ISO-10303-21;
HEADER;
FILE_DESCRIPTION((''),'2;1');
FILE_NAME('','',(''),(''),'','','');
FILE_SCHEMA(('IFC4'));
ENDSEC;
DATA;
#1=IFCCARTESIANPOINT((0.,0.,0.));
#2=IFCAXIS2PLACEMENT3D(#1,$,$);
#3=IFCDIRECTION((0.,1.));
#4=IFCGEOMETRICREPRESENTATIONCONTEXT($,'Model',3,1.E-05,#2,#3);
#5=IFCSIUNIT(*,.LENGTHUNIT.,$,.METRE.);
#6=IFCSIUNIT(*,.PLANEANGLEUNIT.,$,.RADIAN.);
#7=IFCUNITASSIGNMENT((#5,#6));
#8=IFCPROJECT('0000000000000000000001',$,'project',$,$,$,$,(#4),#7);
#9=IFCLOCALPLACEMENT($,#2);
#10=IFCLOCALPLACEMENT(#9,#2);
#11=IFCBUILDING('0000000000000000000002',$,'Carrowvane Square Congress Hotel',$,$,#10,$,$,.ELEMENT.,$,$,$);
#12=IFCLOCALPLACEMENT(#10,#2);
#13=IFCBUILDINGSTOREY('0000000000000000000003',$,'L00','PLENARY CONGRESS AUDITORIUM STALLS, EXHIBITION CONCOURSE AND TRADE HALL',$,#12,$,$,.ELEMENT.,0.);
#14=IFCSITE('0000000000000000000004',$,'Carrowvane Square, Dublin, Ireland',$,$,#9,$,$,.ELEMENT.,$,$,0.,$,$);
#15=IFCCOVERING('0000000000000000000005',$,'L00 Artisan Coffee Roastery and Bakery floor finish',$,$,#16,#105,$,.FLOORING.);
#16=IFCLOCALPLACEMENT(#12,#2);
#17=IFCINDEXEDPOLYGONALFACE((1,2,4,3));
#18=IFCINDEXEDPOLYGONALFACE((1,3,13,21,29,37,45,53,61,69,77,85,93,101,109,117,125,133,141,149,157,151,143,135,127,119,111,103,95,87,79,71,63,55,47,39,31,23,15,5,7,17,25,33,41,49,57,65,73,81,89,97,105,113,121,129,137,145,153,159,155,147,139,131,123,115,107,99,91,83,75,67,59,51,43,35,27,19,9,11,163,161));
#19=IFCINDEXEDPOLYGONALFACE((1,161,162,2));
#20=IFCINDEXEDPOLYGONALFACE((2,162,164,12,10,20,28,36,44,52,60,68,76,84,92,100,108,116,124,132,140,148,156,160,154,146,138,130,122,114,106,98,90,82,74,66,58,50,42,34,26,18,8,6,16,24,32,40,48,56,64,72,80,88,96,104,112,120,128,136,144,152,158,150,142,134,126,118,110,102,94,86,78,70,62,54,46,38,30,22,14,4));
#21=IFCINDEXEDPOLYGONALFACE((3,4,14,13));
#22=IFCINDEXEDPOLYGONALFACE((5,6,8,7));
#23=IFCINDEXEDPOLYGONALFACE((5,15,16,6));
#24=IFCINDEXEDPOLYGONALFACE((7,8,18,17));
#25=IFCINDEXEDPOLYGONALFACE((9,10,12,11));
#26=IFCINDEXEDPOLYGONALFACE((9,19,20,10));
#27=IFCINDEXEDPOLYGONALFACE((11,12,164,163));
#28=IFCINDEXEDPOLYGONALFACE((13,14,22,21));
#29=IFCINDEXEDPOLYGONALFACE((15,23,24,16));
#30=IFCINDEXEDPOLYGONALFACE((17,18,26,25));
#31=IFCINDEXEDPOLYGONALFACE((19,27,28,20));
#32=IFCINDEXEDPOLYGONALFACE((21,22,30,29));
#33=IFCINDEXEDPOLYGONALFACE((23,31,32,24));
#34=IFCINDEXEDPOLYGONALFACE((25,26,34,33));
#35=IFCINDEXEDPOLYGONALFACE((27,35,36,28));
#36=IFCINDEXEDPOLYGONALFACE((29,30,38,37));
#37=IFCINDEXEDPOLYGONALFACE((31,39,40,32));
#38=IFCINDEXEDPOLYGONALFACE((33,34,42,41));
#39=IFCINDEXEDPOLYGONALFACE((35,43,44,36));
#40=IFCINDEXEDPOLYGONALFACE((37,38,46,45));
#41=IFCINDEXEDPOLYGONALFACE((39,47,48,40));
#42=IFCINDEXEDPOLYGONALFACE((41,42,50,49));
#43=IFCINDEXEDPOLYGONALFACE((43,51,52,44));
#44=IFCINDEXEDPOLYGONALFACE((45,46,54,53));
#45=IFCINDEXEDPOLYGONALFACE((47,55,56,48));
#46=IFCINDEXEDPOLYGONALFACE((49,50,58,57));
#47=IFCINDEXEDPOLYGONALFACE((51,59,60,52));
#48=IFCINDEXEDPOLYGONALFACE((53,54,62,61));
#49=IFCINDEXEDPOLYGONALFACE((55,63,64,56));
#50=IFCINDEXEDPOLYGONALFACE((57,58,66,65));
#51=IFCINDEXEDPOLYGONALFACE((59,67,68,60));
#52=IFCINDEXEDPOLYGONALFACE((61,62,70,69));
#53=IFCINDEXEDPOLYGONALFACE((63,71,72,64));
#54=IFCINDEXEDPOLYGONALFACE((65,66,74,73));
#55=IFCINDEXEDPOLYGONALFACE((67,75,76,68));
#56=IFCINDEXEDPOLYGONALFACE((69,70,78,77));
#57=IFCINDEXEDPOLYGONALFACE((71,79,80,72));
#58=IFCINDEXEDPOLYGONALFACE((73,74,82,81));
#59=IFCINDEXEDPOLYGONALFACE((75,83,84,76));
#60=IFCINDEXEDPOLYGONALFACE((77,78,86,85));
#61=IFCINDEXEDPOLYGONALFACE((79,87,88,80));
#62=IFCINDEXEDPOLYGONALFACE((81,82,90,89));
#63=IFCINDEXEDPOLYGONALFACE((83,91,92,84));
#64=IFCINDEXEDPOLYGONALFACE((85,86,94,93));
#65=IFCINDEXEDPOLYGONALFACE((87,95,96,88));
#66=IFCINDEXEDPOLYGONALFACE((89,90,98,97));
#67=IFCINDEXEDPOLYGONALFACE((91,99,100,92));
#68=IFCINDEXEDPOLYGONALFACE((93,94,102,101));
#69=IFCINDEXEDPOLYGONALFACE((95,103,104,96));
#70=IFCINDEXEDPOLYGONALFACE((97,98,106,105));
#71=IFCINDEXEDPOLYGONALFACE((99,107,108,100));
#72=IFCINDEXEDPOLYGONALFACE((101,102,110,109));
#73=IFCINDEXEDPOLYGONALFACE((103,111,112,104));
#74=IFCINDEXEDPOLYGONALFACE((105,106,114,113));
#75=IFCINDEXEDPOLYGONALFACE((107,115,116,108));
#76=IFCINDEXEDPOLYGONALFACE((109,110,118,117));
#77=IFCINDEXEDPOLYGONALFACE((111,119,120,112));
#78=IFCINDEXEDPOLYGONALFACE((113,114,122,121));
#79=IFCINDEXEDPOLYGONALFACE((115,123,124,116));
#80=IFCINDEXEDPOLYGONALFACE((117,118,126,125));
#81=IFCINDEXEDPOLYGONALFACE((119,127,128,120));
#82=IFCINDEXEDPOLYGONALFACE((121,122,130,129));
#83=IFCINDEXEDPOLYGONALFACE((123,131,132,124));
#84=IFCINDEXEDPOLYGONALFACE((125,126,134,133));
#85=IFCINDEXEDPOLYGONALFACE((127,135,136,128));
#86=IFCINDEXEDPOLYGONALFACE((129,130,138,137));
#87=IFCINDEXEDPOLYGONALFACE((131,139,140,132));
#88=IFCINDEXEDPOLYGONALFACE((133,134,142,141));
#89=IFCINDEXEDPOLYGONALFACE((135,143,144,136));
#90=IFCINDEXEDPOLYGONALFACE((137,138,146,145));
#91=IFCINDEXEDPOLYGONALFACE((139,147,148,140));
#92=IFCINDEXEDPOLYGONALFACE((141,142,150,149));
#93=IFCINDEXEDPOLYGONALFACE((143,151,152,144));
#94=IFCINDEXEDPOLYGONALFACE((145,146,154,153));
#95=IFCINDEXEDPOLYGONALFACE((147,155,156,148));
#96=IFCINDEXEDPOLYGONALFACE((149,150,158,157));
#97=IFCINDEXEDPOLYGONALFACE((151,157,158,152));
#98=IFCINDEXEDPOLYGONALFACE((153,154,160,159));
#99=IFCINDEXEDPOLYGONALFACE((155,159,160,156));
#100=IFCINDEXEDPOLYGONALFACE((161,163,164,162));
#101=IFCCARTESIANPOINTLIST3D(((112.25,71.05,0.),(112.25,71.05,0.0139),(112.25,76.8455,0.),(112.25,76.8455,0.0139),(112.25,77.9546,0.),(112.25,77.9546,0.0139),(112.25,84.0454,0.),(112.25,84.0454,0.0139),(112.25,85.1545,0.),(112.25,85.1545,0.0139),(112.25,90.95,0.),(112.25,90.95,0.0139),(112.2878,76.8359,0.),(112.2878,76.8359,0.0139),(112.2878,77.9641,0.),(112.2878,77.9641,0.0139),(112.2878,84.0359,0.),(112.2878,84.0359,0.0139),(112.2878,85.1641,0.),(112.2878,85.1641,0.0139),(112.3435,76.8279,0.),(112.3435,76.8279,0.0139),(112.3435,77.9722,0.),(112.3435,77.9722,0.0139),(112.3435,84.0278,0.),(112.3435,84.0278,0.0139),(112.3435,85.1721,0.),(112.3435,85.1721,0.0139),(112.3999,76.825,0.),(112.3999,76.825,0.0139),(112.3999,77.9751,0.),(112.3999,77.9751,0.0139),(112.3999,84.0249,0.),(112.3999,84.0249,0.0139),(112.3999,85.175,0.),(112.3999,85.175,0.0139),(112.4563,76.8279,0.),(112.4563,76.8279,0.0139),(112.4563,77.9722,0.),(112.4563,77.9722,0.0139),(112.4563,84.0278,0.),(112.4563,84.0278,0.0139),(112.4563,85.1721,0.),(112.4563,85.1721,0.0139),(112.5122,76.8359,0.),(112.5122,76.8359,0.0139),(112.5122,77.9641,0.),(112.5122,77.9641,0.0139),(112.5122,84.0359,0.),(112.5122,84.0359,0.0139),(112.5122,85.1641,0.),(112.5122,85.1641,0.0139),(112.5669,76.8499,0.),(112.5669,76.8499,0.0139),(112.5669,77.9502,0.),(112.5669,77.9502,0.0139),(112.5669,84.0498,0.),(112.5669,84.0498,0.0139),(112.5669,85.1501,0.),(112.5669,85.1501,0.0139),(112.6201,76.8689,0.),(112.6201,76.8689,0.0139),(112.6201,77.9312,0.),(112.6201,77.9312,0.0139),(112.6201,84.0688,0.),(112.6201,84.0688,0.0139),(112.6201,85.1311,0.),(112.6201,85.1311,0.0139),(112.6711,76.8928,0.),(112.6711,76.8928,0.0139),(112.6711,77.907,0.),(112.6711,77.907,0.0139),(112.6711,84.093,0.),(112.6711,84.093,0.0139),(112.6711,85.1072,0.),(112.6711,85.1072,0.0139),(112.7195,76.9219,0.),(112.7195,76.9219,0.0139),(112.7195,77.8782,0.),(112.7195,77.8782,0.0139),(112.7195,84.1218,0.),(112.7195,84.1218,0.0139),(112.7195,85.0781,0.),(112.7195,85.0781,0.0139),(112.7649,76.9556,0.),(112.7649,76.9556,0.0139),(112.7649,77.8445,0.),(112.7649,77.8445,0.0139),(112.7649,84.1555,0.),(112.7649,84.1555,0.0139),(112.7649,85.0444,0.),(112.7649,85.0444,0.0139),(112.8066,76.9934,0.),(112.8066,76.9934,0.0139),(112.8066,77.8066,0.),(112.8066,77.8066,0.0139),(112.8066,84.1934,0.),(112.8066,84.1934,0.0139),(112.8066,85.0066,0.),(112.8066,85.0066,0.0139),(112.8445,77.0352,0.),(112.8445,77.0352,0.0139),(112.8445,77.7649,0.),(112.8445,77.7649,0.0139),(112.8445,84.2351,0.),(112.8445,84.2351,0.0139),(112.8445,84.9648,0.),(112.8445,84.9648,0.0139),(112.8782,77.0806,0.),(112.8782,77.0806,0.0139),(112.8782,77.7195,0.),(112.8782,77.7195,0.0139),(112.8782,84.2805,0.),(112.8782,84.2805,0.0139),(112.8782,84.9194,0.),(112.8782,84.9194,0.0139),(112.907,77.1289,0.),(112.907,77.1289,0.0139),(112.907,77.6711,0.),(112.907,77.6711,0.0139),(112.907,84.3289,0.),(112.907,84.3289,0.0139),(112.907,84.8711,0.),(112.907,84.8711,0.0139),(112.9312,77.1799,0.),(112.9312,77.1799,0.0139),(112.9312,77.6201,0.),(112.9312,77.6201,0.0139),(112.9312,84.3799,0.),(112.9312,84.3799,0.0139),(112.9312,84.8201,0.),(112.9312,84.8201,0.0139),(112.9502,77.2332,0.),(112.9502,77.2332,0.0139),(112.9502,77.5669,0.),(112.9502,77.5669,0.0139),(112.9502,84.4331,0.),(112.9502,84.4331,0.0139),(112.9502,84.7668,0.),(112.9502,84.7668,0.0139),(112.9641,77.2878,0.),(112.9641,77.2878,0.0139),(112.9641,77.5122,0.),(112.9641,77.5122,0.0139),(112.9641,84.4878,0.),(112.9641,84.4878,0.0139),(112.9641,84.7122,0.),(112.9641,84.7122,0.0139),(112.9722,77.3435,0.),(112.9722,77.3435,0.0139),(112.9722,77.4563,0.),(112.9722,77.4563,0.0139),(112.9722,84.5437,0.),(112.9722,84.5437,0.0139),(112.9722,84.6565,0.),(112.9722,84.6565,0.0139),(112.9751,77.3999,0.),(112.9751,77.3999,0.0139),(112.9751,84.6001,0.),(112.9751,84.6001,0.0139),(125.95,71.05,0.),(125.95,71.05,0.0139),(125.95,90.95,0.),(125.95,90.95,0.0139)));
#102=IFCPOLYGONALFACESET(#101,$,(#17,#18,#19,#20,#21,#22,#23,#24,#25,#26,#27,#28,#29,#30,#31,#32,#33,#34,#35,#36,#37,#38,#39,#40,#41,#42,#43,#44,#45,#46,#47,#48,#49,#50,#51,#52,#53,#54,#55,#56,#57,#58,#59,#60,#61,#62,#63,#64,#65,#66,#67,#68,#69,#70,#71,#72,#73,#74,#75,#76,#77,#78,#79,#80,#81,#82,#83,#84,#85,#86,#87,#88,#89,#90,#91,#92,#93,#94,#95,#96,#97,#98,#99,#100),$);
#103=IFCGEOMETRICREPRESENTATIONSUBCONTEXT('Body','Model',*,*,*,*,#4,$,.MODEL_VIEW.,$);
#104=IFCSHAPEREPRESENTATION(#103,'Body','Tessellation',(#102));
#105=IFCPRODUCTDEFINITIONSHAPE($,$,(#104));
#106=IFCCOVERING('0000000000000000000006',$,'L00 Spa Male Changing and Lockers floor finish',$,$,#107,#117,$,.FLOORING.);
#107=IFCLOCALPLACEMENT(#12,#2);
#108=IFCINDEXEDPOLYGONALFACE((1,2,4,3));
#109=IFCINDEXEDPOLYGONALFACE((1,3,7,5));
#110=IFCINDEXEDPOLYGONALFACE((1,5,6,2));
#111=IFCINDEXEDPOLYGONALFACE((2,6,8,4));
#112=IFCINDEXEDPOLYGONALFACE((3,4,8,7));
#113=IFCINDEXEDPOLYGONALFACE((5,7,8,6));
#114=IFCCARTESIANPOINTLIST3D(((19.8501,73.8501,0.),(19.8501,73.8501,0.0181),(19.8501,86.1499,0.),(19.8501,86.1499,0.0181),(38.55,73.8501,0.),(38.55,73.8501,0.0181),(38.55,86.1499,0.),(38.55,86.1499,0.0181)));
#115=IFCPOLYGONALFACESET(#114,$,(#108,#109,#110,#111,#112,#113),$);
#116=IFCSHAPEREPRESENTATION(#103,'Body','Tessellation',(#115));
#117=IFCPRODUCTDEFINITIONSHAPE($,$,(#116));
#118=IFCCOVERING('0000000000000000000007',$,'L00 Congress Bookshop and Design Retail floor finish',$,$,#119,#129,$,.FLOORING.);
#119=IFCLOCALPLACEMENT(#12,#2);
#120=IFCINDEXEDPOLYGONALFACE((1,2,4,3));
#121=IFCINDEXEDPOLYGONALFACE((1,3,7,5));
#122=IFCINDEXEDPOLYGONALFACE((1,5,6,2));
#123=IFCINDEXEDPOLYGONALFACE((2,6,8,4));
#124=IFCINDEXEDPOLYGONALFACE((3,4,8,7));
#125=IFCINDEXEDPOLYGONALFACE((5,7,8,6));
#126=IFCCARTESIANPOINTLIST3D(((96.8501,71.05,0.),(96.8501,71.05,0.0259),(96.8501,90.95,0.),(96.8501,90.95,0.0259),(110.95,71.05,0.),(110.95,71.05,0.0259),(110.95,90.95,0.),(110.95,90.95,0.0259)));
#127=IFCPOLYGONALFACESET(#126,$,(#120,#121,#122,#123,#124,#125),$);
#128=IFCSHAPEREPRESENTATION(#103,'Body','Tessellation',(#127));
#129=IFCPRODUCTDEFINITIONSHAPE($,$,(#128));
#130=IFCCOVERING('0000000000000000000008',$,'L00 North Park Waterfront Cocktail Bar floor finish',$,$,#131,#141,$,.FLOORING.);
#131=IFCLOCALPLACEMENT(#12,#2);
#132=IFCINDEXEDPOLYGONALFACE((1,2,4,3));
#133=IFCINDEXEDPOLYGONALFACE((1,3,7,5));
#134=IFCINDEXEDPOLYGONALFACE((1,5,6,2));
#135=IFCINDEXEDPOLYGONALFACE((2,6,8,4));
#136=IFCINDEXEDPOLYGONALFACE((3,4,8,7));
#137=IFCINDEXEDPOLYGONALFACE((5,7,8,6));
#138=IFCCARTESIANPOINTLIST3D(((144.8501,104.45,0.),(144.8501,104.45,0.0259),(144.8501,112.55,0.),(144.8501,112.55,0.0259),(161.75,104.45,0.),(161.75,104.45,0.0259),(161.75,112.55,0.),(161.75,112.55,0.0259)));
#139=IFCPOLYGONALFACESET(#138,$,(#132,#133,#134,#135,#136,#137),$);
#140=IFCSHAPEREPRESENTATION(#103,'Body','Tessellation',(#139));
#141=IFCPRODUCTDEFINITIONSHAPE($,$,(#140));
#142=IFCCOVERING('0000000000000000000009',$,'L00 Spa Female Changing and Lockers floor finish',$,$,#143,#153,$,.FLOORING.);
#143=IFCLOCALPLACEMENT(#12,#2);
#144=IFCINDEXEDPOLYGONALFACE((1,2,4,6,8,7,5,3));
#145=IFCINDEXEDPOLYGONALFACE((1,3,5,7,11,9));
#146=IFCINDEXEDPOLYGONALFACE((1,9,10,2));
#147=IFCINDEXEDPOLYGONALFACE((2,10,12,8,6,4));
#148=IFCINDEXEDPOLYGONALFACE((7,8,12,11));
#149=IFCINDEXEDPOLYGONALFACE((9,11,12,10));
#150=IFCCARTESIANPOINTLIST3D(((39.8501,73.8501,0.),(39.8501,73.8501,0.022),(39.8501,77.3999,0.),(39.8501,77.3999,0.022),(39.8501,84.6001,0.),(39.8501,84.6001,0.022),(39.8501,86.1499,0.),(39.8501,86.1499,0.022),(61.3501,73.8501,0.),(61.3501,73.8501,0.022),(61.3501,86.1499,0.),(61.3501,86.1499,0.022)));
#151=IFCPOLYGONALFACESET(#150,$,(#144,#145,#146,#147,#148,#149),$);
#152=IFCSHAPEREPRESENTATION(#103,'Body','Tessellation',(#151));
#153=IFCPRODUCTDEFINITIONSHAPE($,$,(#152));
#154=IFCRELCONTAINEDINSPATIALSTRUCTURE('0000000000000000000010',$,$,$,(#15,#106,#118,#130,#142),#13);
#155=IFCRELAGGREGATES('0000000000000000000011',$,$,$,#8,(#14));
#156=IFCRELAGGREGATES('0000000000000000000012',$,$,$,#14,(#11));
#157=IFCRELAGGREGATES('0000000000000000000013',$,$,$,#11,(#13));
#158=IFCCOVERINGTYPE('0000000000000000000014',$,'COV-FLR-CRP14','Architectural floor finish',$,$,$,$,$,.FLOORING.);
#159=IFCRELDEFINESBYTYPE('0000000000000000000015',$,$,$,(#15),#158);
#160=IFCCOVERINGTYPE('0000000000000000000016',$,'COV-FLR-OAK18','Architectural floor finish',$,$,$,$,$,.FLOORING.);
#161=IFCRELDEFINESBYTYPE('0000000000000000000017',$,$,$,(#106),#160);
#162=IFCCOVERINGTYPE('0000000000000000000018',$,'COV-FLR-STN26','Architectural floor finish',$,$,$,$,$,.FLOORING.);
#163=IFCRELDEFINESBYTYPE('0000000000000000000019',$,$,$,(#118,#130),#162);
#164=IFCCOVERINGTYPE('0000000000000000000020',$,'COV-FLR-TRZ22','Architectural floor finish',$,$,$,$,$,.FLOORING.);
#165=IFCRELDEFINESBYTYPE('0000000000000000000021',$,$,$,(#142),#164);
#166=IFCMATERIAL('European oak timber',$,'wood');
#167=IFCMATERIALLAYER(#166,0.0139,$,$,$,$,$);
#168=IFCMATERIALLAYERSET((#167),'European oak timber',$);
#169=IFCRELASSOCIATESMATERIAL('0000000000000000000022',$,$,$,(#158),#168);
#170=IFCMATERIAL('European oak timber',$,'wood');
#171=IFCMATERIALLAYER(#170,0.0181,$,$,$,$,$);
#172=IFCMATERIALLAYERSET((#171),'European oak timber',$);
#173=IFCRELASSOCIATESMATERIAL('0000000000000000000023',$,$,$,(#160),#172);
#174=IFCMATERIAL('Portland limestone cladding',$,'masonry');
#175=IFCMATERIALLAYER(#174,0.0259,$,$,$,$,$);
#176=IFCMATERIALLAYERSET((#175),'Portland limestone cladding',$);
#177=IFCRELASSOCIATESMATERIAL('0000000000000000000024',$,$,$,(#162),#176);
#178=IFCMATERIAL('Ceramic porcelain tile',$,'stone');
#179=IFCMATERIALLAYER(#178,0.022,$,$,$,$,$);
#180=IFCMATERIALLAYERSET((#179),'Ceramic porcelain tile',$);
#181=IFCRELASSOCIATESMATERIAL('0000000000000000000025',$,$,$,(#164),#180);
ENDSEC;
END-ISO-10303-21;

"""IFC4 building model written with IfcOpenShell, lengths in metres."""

from ifc_helpers import new_model, si_unit, direction, origin, place, context, subcontext, project, spatial, polyline, outline, extrude, material, layer, layer_set, type_object, element, save


model = new_model("IFC4")

# Units and contexts
model_context = context("Model", 3, precision=1e-05, world=origin(), true_north=direction((0.0, 1.0)))
body_context = subcontext(model_context, "Body", "Model", "MODEL_VIEW")
ifc_project = project(units=[si_unit("LENGTHUNIT", "METRE"), si_unit("PLANEANGLEUNIT", "RADIAN")], contexts=[model_context])

# Site, building, storey
site_placement = place(None, origin())
site = spatial("IfcSite", under=ifc_project, at=site_placement, Name="Carrowvane Square, Dublin, Ireland", CompositionType="ELEMENT", RefElevation=0.0)
building_placement = place(site_placement, origin())
building = spatial("IfcBuilding", under=site, at=building_placement, Name="Carrowvane Square Congress Hotel", CompositionType="ELEMENT")
storey_placement = place(building_placement, origin())
storey = spatial("IfcBuildingStorey", under=building, at=storey_placement, Name="L00", Description="PLENARY CONGRESS AUDITORIUM STALLS, EXHIBITION CONCOURSE AND TRADE HALL", CompositionType="ELEMENT", Elevation=0.0)

# Coverings
ifc_material_1 = material(Name="European oak timber", Category="wood")
ifc_layer_1 = layer(ifc_material_1, 0.0139)
ifc_layer_set_1 = layer_set([ifc_layer_1], Name="European oak timber")
covering_type_1 = type_object("IfcCoveringType", Name="COV-FLR-CRP14", Description="Architectural floor finish", PredefinedType="FLOORING", material=ifc_layer_set_1)
covering_1_placement = place(storey_placement, origin())
element("IfcCovering", 1, at=covering_1_placement, inside=storey, type_object=covering_type_1, Name="L00 Artisan Coffee Roastery and Bakery floor finish", PredefinedType="FLOORING", context=body_context, shape_type="SweptSolid", body=[
    extrude(outline(polyline([(112.7649, 85.0444), (112.7195, 85.0781), (112.6711, 85.1072), (112.6201, 85.1311), (112.5669, 85.1501), (112.5122, 85.1641), (112.4563, 85.1721), (112.3999, 85.175), (112.3435, 85.1721), (112.2878, 85.1641), (112.25, 85.1545), (112.25, 90.95), (125.95, 90.95), (125.95, 71.05), (112.25, 71.05), (112.25, 76.8455), (112.2878, 76.8359), (112.3435, 76.8279), (112.3999, 76.825), (112.4563, 76.8279), (112.5122, 76.8359), (112.5669, 76.8499), (112.6201, 76.8689), (112.6711, 76.8928), (112.7195, 76.9219), (112.7649, 76.9556), (112.8066, 76.9934), (112.8445, 77.0352), (112.8782, 77.0806), (112.907, 77.1289), (112.9312, 77.1799), (112.9502, 77.2332), (112.9641, 77.2878), (112.9722, 77.3435), (112.9751, 77.3999), (112.9722, 77.4563), (112.9641, 77.5122), (112.9502, 77.5669), (112.9312, 77.6201), (112.907, 77.6711), (112.8782, 77.7195), (112.8445, 77.7649), (112.8066, 77.8066), (112.7649, 77.8445), (112.7195, 77.8782), (112.6711, 77.907), (112.6201, 77.9312), (112.5669, 77.9502), (112.5122, 77.9641), (112.4563, 77.9722), (112.3999, 77.9751), (112.3435, 77.9722), (112.2878, 77.9641), (112.25, 77.9546), (112.25, 84.0454), (112.2878, 84.0359), (112.3435, 84.0278), (112.3999, 84.0249), (112.4563, 84.0278), (112.5122, 84.0359), (112.5669, 84.0498), (112.6201, 84.0688), (112.6711, 84.093), (112.7195, 84.1218), (112.7649, 84.1555), (112.8066, 84.1934), (112.8445, 84.2351), (112.8782, 84.2805), (112.907, 84.3289), (112.9312, 84.3799), (112.9502, 84.4331), (112.9641, 84.4878), (112.9722, 84.5437), (112.9751, 84.6001), (112.9722, 84.6565), (112.9641, 84.7122), (112.9502, 84.7668), (112.9312, 84.8201), (112.907, 84.8711), (112.8782, 84.9194), (112.8445, 84.9648), (112.8066, 85.0066), (112.7649, 85.0444)])), origin(), (0.0, 0.0, 1.0), 0.0139),
])
ifc_material_2 = material(Name="European oak timber", Category="wood")
ifc_layer_2 = layer(ifc_material_2, 0.0181)
ifc_layer_set_2 = layer_set([ifc_layer_2], Name="European oak timber")
covering_type_2 = type_object("IfcCoveringType", Name="COV-FLR-OAK18", Description="Architectural floor finish", PredefinedType="FLOORING", material=ifc_layer_set_2)
covering_2_placement = place(storey_placement, origin())
element("IfcCovering", 2, at=covering_2_placement, inside=storey, type_object=covering_type_2, Name="L00 Spa Male Changing and Lockers floor finish", PredefinedType="FLOORING", context=body_context, shape_type="SweptSolid", body=[
    extrude(outline(polyline([(38.55, 86.1499), (38.55, 73.8501), (19.8501, 73.8501), (19.8501, 86.1499), (38.55, 86.1499)])), origin(), (0.0, 0.0, 1.0), 0.0181),
])
ifc_material_3 = material(Name="Portland limestone cladding", Category="masonry")
ifc_layer_3 = layer(ifc_material_3, 0.0259)
ifc_layer_set_3 = layer_set([ifc_layer_3], Name="Portland limestone cladding")
covering_type_3 = type_object("IfcCoveringType", Name="COV-FLR-STN26", Description="Architectural floor finish", PredefinedType="FLOORING", material=ifc_layer_set_3)
covering_3_placement = place(storey_placement, origin())
element("IfcCovering", 3, at=covering_3_placement, inside=storey, type_object=covering_type_3, Name="L00 Congress Bookshop and Design Retail floor finish", PredefinedType="FLOORING", context=body_context, shape_type="SweptSolid", body=[
    extrude(outline(polyline([(110.95, 90.95), (110.95, 71.05), (96.8501, 71.05), (96.8501, 90.95), (110.95, 90.95)])), origin(), (0.0, 0.0, 1.0), 0.0259),
])
covering_4_placement = place(storey_placement, origin())
element("IfcCovering", 4, at=covering_4_placement, inside=storey, type_object=covering_type_3, Name="L00 North Park Waterfront Cocktail Bar floor finish", PredefinedType="FLOORING", context=body_context, shape_type="SweptSolid", body=[
    extrude(outline(polyline([(161.75, 112.55), (161.75, 104.45), (144.8501, 104.45), (144.8501, 112.55), (161.75, 112.55)])), origin(), (0.0, 0.0, 1.0), 0.0259),
])
ifc_material_4 = material(Name="Ceramic porcelain tile", Category="stone")
ifc_layer_4 = layer(ifc_material_4, 0.022)
ifc_layer_set_4 = layer_set([ifc_layer_4], Name="Ceramic porcelain tile")
covering_type_4 = type_object("IfcCoveringType", Name="COV-FLR-TRZ22", Description="Architectural floor finish", PredefinedType="FLOORING", material=ifc_layer_set_4)
covering_5_placement = place(storey_placement, origin())
element("IfcCovering", 5, at=covering_5_placement, inside=storey, type_object=covering_type_4, Name="L00 Spa Female Changing and Lockers floor finish", PredefinedType="FLOORING", context=body_context, shape_type="SweptSolid", body=[
    extrude(outline(polyline([(39.8501, 73.8501), (39.8501, 77.3999), (39.8501, 84.6001), (39.8501, 86.1499), (61.3501, 86.1499), (61.3501, 73.8501), (39.8501, 73.8501)])), origin(), (0.0, 0.0, 1.0), 0.022),
])

save(model, "model.ifc")
